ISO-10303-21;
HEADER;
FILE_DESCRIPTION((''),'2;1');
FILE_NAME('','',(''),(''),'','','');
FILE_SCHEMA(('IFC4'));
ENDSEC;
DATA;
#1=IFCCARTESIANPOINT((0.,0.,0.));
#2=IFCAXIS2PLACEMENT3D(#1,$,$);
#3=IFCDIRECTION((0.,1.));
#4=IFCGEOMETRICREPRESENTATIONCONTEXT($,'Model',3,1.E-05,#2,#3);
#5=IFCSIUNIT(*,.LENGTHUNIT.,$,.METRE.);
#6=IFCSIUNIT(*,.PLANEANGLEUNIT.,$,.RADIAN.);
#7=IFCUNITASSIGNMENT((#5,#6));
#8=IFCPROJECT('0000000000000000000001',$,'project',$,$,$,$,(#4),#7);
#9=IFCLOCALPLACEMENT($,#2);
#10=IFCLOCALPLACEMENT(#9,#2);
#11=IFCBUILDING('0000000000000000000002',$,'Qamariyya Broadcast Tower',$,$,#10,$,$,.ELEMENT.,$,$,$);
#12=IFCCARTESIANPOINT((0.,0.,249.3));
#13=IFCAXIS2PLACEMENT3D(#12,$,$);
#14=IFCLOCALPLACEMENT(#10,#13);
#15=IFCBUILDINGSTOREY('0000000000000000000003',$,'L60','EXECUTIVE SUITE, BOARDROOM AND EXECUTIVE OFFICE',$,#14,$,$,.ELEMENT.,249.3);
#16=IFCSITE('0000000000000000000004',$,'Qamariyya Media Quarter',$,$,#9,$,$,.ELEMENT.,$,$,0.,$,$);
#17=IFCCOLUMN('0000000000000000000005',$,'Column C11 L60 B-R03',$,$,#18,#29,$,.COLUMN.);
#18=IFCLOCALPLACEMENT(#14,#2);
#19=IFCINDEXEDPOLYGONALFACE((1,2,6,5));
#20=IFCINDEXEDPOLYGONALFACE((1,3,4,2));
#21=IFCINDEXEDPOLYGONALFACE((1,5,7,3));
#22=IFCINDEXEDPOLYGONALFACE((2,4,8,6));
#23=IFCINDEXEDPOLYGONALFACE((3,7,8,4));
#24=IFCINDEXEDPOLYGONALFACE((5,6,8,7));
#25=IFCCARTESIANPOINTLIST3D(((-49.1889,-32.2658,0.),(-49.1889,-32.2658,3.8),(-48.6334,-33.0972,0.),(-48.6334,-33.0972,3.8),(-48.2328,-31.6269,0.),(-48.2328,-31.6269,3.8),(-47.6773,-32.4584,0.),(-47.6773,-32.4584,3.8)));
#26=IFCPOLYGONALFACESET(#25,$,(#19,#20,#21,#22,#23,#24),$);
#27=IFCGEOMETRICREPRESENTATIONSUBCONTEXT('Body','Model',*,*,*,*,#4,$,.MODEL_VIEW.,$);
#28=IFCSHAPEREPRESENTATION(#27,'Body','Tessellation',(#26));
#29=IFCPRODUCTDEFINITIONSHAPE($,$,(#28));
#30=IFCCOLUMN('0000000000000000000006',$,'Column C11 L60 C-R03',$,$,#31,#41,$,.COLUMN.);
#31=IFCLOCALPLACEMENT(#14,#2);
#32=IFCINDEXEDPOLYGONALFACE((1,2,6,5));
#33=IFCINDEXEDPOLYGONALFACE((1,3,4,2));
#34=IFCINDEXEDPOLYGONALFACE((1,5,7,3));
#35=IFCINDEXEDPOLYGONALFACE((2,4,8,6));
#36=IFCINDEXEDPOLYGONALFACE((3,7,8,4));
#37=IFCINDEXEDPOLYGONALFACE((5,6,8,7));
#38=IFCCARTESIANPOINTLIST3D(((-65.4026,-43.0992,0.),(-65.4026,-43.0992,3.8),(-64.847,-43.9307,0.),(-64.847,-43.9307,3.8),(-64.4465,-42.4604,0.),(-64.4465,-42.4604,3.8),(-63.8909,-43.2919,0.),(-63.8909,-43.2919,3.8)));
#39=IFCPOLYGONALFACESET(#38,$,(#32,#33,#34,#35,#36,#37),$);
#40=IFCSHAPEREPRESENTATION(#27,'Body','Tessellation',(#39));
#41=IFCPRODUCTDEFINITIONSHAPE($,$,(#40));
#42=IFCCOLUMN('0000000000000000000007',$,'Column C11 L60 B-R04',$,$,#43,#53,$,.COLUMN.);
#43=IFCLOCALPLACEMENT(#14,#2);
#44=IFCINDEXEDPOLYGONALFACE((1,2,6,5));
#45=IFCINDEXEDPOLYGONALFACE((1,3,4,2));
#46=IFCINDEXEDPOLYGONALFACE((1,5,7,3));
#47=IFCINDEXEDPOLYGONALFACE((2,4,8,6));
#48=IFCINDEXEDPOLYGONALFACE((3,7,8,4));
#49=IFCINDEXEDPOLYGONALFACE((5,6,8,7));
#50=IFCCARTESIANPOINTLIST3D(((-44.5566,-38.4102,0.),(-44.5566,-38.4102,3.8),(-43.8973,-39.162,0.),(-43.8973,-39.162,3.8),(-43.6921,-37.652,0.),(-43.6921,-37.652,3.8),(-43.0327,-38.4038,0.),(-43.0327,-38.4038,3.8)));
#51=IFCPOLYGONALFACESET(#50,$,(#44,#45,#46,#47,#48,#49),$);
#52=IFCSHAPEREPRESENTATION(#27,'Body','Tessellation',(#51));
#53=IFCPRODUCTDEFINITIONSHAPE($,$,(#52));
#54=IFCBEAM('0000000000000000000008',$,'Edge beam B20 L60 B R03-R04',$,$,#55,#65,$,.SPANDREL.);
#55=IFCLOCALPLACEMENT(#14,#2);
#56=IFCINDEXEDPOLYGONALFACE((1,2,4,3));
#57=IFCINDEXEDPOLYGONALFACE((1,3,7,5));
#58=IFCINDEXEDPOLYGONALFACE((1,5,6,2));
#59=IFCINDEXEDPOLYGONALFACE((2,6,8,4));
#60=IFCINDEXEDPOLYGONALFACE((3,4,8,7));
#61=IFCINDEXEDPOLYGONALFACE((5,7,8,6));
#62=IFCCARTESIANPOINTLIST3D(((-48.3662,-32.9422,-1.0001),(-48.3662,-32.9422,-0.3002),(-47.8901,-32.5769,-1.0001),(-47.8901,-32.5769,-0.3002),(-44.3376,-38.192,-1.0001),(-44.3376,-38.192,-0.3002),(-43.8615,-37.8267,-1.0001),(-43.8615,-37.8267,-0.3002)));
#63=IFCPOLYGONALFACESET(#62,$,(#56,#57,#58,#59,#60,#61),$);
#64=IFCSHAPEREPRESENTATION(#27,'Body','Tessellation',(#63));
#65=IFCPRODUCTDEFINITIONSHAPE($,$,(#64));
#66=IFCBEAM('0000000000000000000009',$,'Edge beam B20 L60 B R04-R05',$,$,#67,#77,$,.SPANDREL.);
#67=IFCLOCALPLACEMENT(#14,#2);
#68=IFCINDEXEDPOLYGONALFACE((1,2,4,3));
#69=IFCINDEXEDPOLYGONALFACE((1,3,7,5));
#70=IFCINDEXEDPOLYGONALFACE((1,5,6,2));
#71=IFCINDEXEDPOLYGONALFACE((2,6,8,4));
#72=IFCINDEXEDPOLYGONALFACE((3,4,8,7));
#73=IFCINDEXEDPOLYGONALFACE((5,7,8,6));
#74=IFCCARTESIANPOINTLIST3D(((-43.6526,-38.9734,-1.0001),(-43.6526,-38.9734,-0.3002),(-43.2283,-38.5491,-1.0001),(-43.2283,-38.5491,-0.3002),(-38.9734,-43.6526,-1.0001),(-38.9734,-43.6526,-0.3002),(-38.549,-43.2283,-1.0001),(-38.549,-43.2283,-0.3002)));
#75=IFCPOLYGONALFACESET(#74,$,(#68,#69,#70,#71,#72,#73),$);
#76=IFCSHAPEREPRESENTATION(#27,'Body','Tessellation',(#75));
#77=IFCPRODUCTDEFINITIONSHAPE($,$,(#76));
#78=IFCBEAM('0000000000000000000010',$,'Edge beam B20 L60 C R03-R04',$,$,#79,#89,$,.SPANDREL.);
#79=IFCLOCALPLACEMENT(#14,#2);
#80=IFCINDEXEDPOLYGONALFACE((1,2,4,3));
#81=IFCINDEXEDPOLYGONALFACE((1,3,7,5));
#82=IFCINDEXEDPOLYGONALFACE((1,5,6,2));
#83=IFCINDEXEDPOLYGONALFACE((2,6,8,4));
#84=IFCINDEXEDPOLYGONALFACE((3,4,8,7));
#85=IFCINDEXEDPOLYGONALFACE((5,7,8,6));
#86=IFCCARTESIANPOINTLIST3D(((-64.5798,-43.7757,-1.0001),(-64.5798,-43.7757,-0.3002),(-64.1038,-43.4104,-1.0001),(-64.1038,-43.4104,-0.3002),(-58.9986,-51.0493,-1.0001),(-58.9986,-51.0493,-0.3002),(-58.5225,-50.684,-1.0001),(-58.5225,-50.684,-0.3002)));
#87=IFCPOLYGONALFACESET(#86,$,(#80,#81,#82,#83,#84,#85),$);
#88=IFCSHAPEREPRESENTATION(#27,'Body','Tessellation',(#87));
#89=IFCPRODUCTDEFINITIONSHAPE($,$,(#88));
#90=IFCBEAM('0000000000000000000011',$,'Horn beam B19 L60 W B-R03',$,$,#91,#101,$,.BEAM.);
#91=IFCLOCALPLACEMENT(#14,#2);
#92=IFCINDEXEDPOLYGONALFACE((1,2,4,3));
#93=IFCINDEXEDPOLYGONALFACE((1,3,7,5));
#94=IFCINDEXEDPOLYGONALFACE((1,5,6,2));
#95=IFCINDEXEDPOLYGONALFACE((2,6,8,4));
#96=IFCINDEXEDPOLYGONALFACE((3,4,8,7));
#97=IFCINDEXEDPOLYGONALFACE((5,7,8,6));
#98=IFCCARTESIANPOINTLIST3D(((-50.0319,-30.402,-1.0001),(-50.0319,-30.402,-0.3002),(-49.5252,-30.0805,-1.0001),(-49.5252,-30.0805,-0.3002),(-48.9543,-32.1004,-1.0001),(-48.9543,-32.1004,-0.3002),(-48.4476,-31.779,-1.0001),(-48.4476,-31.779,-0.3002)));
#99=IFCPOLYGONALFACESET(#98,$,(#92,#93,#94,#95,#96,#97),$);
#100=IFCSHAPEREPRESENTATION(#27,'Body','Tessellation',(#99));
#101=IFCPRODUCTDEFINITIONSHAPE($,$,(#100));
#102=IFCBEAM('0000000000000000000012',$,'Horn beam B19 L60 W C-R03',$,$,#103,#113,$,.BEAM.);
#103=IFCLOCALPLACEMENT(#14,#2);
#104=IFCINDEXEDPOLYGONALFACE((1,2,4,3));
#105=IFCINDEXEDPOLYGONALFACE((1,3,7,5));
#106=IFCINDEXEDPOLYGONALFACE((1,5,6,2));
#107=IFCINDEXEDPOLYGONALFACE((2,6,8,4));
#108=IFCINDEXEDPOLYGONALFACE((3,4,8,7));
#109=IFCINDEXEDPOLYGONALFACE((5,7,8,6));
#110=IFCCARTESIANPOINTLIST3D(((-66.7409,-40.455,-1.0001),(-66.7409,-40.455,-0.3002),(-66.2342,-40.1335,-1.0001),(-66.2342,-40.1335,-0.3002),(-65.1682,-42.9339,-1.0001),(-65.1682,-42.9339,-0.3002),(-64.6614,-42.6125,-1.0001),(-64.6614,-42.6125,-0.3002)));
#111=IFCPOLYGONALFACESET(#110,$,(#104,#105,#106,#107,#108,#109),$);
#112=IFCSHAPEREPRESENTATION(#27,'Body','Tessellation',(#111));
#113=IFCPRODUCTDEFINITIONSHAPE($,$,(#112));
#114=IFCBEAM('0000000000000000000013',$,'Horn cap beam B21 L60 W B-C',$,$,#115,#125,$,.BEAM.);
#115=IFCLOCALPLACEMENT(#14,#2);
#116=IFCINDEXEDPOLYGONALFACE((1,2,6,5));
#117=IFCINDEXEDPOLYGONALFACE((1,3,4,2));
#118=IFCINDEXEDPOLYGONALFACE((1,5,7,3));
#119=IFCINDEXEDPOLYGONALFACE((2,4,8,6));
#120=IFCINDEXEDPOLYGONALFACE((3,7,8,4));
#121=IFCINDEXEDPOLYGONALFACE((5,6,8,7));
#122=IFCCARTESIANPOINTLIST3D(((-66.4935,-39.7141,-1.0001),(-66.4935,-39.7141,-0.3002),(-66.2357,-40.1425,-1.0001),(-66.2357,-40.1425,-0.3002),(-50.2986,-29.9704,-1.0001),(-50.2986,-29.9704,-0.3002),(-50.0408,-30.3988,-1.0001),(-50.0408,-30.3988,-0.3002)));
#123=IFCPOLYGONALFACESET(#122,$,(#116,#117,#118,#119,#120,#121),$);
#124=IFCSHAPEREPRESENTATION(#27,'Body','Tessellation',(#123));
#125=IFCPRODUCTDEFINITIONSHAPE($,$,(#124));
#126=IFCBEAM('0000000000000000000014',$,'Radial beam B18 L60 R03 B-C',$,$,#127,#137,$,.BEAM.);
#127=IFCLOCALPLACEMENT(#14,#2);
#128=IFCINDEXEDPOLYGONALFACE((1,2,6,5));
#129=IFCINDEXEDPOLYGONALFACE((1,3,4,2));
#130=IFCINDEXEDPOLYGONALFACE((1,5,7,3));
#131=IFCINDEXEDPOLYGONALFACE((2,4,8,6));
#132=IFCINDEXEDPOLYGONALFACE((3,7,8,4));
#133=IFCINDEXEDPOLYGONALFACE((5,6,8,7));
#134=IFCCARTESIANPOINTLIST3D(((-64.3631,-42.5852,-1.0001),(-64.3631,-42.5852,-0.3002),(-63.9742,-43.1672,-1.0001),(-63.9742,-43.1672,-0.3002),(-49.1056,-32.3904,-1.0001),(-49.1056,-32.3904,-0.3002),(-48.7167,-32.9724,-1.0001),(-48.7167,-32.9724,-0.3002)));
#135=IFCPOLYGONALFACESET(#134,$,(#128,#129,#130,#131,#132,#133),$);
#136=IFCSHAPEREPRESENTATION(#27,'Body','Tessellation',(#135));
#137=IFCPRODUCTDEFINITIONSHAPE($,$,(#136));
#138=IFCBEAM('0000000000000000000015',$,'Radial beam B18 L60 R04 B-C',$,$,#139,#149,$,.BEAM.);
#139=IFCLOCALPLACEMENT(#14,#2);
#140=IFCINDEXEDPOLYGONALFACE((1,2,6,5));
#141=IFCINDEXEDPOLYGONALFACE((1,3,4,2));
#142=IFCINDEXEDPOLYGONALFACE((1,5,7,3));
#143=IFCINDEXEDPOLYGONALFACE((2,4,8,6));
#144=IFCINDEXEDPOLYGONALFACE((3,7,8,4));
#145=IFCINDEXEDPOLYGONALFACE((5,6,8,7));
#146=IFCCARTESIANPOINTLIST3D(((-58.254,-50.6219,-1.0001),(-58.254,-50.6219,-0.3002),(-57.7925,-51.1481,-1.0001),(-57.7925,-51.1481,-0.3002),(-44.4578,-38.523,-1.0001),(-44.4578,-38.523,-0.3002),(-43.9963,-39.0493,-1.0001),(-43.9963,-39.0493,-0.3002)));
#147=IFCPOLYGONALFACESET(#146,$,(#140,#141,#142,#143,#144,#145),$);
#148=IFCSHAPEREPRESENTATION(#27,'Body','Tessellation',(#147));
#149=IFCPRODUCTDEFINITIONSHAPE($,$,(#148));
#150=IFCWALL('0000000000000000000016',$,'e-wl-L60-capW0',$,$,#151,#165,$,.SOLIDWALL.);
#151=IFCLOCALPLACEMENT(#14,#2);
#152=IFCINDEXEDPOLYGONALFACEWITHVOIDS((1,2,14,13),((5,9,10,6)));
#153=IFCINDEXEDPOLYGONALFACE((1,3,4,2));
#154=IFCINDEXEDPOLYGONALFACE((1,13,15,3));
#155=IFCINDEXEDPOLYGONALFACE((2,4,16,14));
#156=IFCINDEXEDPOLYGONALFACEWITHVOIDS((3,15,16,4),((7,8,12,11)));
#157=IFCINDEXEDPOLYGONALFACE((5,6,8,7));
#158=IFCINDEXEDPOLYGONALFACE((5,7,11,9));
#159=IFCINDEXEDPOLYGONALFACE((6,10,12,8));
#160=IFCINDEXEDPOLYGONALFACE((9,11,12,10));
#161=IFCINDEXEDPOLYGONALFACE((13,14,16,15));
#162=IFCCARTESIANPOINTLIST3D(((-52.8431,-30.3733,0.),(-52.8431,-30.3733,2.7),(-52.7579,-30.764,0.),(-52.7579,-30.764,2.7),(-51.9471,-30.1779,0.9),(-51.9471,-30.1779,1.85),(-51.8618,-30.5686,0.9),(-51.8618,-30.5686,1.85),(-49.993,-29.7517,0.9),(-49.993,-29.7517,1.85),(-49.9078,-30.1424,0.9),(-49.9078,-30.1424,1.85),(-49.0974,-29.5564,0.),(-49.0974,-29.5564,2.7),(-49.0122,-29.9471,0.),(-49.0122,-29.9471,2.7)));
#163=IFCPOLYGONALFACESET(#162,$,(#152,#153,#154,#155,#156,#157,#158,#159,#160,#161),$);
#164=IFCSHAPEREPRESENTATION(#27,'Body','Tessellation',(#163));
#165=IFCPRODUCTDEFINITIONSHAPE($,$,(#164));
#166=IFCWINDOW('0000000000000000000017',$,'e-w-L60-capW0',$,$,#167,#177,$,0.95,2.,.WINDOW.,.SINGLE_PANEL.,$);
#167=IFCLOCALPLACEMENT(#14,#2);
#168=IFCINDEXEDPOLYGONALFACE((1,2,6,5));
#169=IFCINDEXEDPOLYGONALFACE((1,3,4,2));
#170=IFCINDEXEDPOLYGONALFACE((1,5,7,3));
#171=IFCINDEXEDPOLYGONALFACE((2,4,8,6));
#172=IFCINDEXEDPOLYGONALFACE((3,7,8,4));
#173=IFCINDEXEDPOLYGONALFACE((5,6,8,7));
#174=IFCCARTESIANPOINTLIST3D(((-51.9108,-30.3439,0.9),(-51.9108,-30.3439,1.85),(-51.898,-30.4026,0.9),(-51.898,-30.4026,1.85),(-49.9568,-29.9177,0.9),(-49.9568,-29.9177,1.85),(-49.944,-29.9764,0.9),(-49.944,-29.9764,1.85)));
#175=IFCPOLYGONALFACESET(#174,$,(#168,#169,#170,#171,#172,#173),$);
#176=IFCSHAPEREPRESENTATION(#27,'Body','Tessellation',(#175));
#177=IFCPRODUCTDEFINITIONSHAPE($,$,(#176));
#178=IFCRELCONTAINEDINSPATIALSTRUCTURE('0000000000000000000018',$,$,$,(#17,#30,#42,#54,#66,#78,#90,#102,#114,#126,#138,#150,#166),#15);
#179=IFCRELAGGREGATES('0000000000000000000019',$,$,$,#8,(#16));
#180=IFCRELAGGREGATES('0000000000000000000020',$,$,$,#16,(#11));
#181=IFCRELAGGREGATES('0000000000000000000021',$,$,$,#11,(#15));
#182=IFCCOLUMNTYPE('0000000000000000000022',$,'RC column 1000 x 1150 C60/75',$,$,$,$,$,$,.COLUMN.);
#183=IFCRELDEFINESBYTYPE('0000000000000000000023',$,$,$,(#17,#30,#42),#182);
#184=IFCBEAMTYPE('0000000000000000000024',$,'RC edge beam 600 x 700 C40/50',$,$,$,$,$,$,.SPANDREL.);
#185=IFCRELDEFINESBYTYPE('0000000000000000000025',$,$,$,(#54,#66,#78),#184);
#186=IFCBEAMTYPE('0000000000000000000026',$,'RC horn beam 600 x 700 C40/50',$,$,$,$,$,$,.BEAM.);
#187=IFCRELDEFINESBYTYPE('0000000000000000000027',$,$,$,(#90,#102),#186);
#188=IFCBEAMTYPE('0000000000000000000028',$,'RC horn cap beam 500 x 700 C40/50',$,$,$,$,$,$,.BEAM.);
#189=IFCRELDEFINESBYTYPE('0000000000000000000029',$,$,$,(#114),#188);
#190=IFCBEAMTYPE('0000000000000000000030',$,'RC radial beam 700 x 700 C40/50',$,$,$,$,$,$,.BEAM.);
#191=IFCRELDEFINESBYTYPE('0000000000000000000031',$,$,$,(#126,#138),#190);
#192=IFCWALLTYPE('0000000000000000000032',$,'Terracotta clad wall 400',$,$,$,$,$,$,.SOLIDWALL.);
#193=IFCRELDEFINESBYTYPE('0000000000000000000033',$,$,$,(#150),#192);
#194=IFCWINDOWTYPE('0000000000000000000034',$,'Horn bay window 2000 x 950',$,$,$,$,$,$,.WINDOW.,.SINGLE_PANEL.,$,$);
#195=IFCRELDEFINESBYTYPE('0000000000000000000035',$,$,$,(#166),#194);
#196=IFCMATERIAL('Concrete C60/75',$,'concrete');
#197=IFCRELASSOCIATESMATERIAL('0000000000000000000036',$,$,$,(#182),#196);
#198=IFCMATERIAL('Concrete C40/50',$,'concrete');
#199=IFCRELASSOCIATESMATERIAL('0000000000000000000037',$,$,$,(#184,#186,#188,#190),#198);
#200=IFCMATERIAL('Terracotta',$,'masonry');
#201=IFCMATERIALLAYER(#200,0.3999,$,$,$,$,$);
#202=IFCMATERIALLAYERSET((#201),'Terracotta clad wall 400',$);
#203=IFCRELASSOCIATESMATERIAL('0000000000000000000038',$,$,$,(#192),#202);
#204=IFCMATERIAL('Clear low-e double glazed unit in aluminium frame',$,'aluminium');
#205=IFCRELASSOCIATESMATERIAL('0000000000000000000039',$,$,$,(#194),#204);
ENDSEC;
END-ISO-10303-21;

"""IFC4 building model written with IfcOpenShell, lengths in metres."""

from ifc_helpers import new_model, si_unit, direction, frame, frame_2d, origin, origin_2d, place, context, subcontext, project, spatial, rectangle, extrude, material, layer, layer_set, material_profile, profile_set, type_object, element, fill, save


model = new_model("IFC4")

# Units and contexts
model_context = context("Model", 3, precision=1e-05, world=origin(), true_north=direction((0.0, 1.0)))
body_context = subcontext(model_context, "Body", "Model", "MODEL_VIEW")
ifc_project = project(units=[si_unit("LENGTHUNIT", "METRE"), si_unit("PLANEANGLEUNIT", "RADIAN")], contexts=[model_context])

# Site, building, storey
site_placement = place(None, origin())
site = spatial("IfcSite", under=ifc_project, at=site_placement, Name="Qamariyya Media Quarter", CompositionType="ELEMENT", RefElevation=0.0)
building_placement = place(site_placement, origin())
building = spatial("IfcBuilding", under=site, at=building_placement, Name="Qamariyya Broadcast Tower", CompositionType="ELEMENT")
storey_placement = place(building_placement, frame((0.0, 0.0, 249.3)))
storey = spatial("IfcBuildingStorey", under=building, at=storey_placement, Name="L60", Description="EXECUTIVE SUITE, BOARDROOM AND EXECUTIVE OFFICE", CompositionType="ELEMENT", Elevation=249.3)

# Columns
ifc_material_1 = material(Name="Concrete C60/75", Category="concrete")
ifc_material_profile_1 = material_profile(ifc_material_1, rectangle(XDim=1.0, YDim=1.1499, at=origin_2d()))
ifc_profile_set_1 = profile_set([ifc_material_profile_1], Name="Concrete C60/75")
column_type = type_object("IfcColumnType", Name="RC column 1000 x 1150 C60/75", PredefinedType="COLUMN", material=ifc_profile_set_1)
for number, where, z_axis, x_axis, name in (
    (1, (-48.4331, -32.3621, 0.0), (0.0, 0.0, 1.0), (0.55557, -0.83147, 0.0), "Column C11 L60 B-R03"),
    (2, (-64.6467, -43.1956, 0.0), (0.0, 0.0, 1.0), (0.55557, -0.83147, 0.0), "Column C11 L60 C-R03"),
    (3, (-43.7947, -38.407, 0.0), (0.0, 0.0, 1.0), (0.659346, -0.75184, 0.0), "Column C11 L60 B-R04"),
):
    element("IfcColumn", number, at=place(storey_placement, frame(where, z_axis=z_axis, x_axis=x_axis)), inside=storey, type_object=column_type, Name=name, PredefinedType="COLUMN", context=body_context, shape_type="SweptSolid", body=[
        extrude(rectangle(XDim=1.0, YDim=1.1499, at=origin_2d()), origin(), (0.0, 0.0, 1.0), 3.8),
    ])

# Beams
ifc_material_2 = material(Name="Concrete C40/50", Category="concrete")
ifc_material_profile_2 = material_profile(ifc_material_2, rectangle(XDim=0.6001, YDim=0.7, at=origin_2d()))
ifc_profile_set_2 = profile_set([ifc_material_profile_2], Name="Concrete C40/50")
beam_type_1 = type_object("IfcBeamType", Name="RC edge beam 600 x 700 C40/50", PredefinedType="SPANDREL", material=ifc_profile_set_2)
for number, where, z_axis, x_axis, name in (
    (4, (-48.1282, -32.7595, -0.6501), (0.608789, -0.793333, 0.0), (0.793333, 0.608789, 0.0), "Edge beam B20 L60 B R03-R04"),
    (5, (-43.4404, -38.7612, -0.6501), (0.707107, -0.707107, 0.0), (0.707107, 0.707107, 0.0), "Edge beam B20 L60 B R04-R05"),
):
    element("IfcBeam", number, at=place(storey_placement, frame(where, z_axis=z_axis, x_axis=x_axis)), inside=storey, type_object=beam_type_1, Name=name, PredefinedType="SPANDREL", context=body_context, shape_type="SweptSolid", body=[
        extrude(rectangle(XDim=0.6001, YDim=0.7, at=origin_2d()), origin(), (0.0, 0.0, 1.0), 6.6174),
    ])
beam_1_placement = place(storey_placement, frame((-64.3418, -43.593, -0.6501), z_axis=(0.608762, -0.793353, 0.0), x_axis=(0.793353, 0.608762, 0.0)))
element("IfcBeam", 6, at=beam_1_placement, inside=storey, type_object=beam_type_1, Name="Edge beam B20 L60 C R03-R04", PredefinedType="SPANDREL", context=body_context, shape_type="SweptSolid", body=[
    extrude(rectangle(XDim=0.6001, YDim=0.7, at=origin_2d()), origin(), (0.0, 0.0, 1.0), 9.1682),
])
ifc_material_profile_3 = material_profile(ifc_material_2, rectangle(XDim=0.6001, YDim=0.7, at=origin_2d()))
ifc_profile_set_3 = profile_set([ifc_material_profile_3], Name="Concrete C40/50")
beam_type_2 = type_object("IfcBeamType", Name="RC horn beam 600 x 700 C40/50", PredefinedType="BEAM", material=ifc_profile_set_3)
beam_2_placement = place(storey_placement, frame((-48.7009, -31.9397, -0.6501), z_axis=(-0.535736, 0.844385, 0.0), x_axis=(-0.844385, -0.535736, 0.0)))
element("IfcBeam", 7, at=beam_2_placement, inside=storey, type_object=beam_type_2, Name="Horn beam B19 L60 W B-R03", PredefinedType="BEAM", context=body_context, shape_type="SweptSolid", body=[
    extrude(rectangle(XDim=0.6001, YDim=0.7, at=origin_2d()), origin(), (0.0, 0.0, 1.0), 2.0115),
])
beam_3_placement = place(storey_placement, frame((-64.9148, -42.7732, -0.6501), z_axis=(-0.535713, 0.8444, 0.0), x_axis=(-0.8444, -0.535713, 0.0)))
element("IfcBeam", 8, at=beam_3_placement, inside=storey, type_object=beam_type_2, Name="Horn beam B19 L60 W C-R03", PredefinedType="BEAM", context=body_context, shape_type="SweptSolid", body=[
    extrude(rectangle(XDim=0.6001, YDim=0.7, at=origin_2d()), origin(), (0.0, 0.0, 1.0), 2.9358),
])
ifc_material_profile_4 = material_profile(ifc_material_2, rectangle(XDim=0.5, YDim=0.7, at=origin_2d()))
ifc_profile_set_4 = profile_set([ifc_material_profile_4], Name="Concrete C40/50")
beam_type_3 = type_object("IfcBeamType", Name="RC horn cap beam 500 x 700 C40/50", PredefinedType="BEAM", material=ifc_profile_set_4)
beam_4_placement = place(storey_placement, frame((-50.1697, -30.1846, -0.6501), z_axis=(-0.856868, -0.515536, 0.0), x_axis=(0.515536, -0.856868, 0.0)))
element("IfcBeam", 9, at=beam_4_placement, inside=storey, type_object=beam_type_3, Name="Horn cap beam B21 L60 W B-C", PredefinedType="BEAM", context=body_context, shape_type="SweptSolid", body=[
    extrude(rectangle(XDim=0.5, YDim=0.7, at=origin_2d()), origin(), (0.0, 0.0, 1.0), 18.9001),
])
ifc_material_profile_5 = material_profile(ifc_material_2, rectangle(XDim=0.7, YDim=0.7, at=origin_2d()))
ifc_profile_set_5 = profile_set([ifc_material_profile_5], Name="Concrete C40/50")
beam_type_4 = type_object("IfcBeamType", Name="RC radial beam 700 x 700 C40/50", PredefinedType="BEAM", material=ifc_profile_set_5)
beam_5_placement = place(storey_placement, frame((-48.9111, -32.6814, -0.6501), z_axis=(-0.831469, -0.555572, 0.0), x_axis=(0.555572, -0.831469, 0.0)))
element("IfcBeam", 10, at=beam_5_placement, inside=storey, type_object=beam_type_4, Name="Radial beam B18 L60 R03 B-C", PredefinedType="BEAM", context=body_context, shape_type="SweptSolid", body=[
    extrude(rectangle(XDim=0.7, YDim=0.7, at=origin_2d()), origin(), (0.0, 0.0, 1.0), 18.3501),
])
beam_6_placement = place(storey_placement, frame((-44.2271, -38.7861, -0.6501), z_axis=(-0.75184, -0.659345, 0.0), x_axis=(0.659345, -0.75184, 0.0)))
element("IfcBeam", 11, at=beam_6_placement, inside=storey, type_object=beam_type_4, Name="Radial beam B18 L60 R04 B-C", PredefinedType="BEAM", context=body_context, shape_type="SweptSolid", body=[
    extrude(rectangle(XDim=0.7, YDim=0.7, at=origin_2d()), origin(), (0.0, 0.0, 1.0), 18.3499),
])

# Wall, opening, window
ifc_material_3 = material(Name="Terracotta", Category="masonry")
ifc_layer = layer(ifc_material_3, 0.3999)
ifc_layer_set = layer_set([ifc_layer], Name="Terracotta clad wall 400")
wall_type = type_object("IfcWallType", Name="Terracotta clad wall 400", PredefinedType="SOLIDWALL", material=ifc_layer_set)
wall_1_placement = place(storey_placement, frame((-49.0547, -29.7517, 0.0), z_axis=(0.0, 0.0, 1.0), x_axis=(-0.977034, -0.213085, 0.0)))
wall_1 = element("IfcWall", 12, at=wall_1_placement, inside=storey, type_object=wall_type, Name="e-wl-L60-capW0", PredefinedType="SOLIDWALL", context=body_context, shape_type="SweptSolid", body=[
    extrude(rectangle(XDim=3.8337, YDim=0.3999, at=frame_2d((1.917, 0.0))), origin(), (0.0, 0.0, 1.0), 2.7),
])
opening_1_placement = place(wall_1_placement, frame((0.9167, 0.0, 0.8999)))
opening_1 = element("IfcOpeningElement", 13, at=opening_1_placement, cuts=wall_1, PredefinedType="OPENING", context=body_context, shape_type="SweptSolid", body=[
    extrude(rectangle(XDim=2.0, YDim=0.95, at=frame_2d((1.0, 0.4751))), frame((0.0, 0.21, 0.0), z_axis=(0.0, -1.0, 0.0), x_axis=(1.0, 0.0, 0.0)), (0.0, 0.0, 1.0), 0.4199),
])
ifc_material_4 = material(Name="Clear low-e double glazed unit in aluminium frame", Category="aluminium")
window_type_1 = type_object("IfcWindowType", Name="Horn bay window 2000 x 950", PartitioningType="SINGLE_PANEL", PredefinedType="WINDOW", material=ifc_material_4)
window_1_placement = place(opening_1_placement, origin())
window_1 = element("IfcWindow", 14, at=window_1_placement, inside=storey, type_object=window_type_1, Name="e-w-L60-capW0", OverallHeight=0.95, OverallWidth=2.0, PartitioningType="SINGLE_PANEL", PredefinedType="WINDOW", context=body_context, shape_type="SweptSolid", body=[
    extrude(rectangle(XDim=2.0, YDim=0.95, at=frame_2d((1.0, 0.4751))), frame((0.0, 0.03, 0.0), z_axis=(0.0, -1.0, 0.0), x_axis=(1.0, 0.0, 0.0)), (0.0, 0.0, 1.0), 0.0601),
])
fill(opening_1, window_1)

save(model, "model.ifc")
